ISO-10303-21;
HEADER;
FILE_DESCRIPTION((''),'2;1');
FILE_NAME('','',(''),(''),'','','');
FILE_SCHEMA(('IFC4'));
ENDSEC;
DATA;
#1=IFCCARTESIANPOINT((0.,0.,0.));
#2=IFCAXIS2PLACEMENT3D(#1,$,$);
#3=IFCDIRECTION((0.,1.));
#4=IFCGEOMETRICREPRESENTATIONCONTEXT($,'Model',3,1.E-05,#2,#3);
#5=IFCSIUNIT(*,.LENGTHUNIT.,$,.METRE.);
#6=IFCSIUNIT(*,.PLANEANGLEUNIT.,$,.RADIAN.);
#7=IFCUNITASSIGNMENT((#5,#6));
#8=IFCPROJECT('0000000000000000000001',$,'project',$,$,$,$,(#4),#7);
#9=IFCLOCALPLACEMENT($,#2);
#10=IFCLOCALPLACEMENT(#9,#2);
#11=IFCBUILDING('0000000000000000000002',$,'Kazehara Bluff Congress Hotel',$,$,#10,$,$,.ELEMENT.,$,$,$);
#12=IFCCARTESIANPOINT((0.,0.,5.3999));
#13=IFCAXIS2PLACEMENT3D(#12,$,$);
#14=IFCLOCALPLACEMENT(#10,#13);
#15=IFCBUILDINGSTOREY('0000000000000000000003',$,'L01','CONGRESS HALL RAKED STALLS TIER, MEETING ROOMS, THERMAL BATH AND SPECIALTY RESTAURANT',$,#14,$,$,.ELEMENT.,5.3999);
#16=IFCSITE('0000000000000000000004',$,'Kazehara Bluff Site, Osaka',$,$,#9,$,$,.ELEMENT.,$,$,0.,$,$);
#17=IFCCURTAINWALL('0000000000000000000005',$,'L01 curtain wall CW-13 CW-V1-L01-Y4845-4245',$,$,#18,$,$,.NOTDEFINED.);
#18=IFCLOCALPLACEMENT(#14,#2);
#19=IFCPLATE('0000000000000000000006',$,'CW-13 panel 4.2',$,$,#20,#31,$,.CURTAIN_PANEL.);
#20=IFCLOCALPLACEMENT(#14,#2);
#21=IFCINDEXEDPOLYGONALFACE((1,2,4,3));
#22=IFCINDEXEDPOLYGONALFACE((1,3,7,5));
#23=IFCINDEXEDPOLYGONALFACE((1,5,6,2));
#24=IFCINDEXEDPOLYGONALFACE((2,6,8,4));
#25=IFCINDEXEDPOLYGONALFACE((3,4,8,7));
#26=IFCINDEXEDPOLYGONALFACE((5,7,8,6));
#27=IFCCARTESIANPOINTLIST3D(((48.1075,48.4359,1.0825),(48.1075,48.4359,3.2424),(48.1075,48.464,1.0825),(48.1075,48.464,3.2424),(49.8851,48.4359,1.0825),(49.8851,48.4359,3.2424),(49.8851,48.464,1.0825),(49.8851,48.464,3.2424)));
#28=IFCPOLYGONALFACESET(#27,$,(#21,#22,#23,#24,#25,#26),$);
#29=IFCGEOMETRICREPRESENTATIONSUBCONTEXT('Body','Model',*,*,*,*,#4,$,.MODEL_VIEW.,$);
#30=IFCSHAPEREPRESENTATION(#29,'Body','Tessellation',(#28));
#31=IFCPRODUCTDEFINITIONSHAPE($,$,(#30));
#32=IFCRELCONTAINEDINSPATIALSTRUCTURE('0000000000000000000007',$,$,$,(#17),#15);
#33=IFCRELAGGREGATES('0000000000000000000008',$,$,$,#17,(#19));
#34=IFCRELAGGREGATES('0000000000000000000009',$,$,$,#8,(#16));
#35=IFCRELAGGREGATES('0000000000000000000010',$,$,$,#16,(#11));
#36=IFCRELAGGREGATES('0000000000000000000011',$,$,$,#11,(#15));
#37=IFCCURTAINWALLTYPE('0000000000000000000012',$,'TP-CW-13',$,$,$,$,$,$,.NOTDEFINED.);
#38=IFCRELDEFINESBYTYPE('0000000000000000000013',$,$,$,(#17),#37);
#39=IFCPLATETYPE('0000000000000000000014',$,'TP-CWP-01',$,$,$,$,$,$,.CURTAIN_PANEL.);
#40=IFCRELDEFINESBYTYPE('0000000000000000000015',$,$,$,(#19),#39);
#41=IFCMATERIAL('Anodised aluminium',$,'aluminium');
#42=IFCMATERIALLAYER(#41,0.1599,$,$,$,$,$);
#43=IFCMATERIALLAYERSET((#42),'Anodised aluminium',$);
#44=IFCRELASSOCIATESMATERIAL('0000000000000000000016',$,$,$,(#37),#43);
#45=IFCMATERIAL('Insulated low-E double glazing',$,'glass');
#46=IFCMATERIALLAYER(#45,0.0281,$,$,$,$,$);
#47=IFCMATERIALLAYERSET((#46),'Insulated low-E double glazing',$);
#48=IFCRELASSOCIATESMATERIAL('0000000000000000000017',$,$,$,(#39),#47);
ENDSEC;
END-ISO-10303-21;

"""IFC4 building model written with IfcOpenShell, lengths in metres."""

from ifc_helpers import new_model, si_unit, direction, frame, origin, origin_2d, place, context, subcontext, project, spatial, rectangle, extrude, material, layer, layer_set, type_object, element, aggregate, save


model = new_model("IFC4")

# Units and contexts
model_context = context("Model", 3, precision=1e-05, world=origin(), true_north=direction((0.0, 1.0)))
body_context = subcontext(model_context, "Body", "Model", "MODEL_VIEW")
ifc_project = project(units=[si_unit("LENGTHUNIT", "METRE"), si_unit("PLANEANGLEUNIT", "RADIAN")], contexts=[model_context])

# Site, building, storey
site_placement = place(None, origin())
site = spatial("IfcSite", under=ifc_project, at=site_placement, Name="Kazehara Bluff Site, Osaka", CompositionType="ELEMENT", RefElevation=0.0)
building_placement = place(site_placement, origin())
building = spatial("IfcBuilding", under=site, at=building_placement, Name="Kazehara Bluff Congress Hotel", CompositionType="ELEMENT")
storey_placement = place(building_placement, frame((0.0, 0.0, 5.3999)))
storey = spatial("IfcBuildingStorey", under=building, at=storey_placement, Name="L01", Description="CONGRESS HALL RAKED STALLS TIER, MEETING ROOMS, THERMAL BATH AND SPECIALTY RESTAURANT", CompositionType="ELEMENT", Elevation=5.3999)

# Curtain wall, plate
ifc_material_1 = material(Name="Anodised aluminium", Category="aluminium")
ifc_layer_1 = layer(ifc_material_1, 0.1599)
ifc_layer_set_1 = layer_set([ifc_layer_1], Name="Anodised aluminium")
curtain_wall_type = type_object("IfcCurtainWallType", Name="TP-CW-13", PredefinedType="NOTDEFINED", material=ifc_layer_set_1)
curtain_wall_placement = place(storey_placement, origin())
curtain_wall = element("IfcCurtainWall", 1, at=curtain_wall_placement, inside=storey, type_object=curtain_wall_type, Name="L01 curtain wall CW-13 CW-V1-L01-Y4845-4245", PredefinedType="NOTDEFINED")
ifc_material_2 = material(Name="Insulated low-E double glazing", Category="glass")
ifc_layer_2 = layer(ifc_material_2, 0.0281)
ifc_layer_set_2 = layer_set([ifc_layer_2], Name="Insulated low-E double glazing")
plate_type = type_object("IfcPlateType", Name="TP-CWP-01", PredefinedType="CURTAIN_PANEL", material=ifc_layer_set_2)
plate_1_placement = place(storey_placement, frame((48.9963, 48.45, 1.0825), z_axis=(0.0, 0.0, 1.0), x_axis=(1.0, 0.0, 0.0)))
plate_1 = element("IfcPlate", 2, at=plate_1_placement, type_object=plate_type, Name="CW-13 panel 4.2", PredefinedType="CURTAIN_PANEL", context=body_context, shape_type="SweptSolid", body=[
    extrude(rectangle(XDim=1.7776, YDim=0.0281, at=origin_2d()), origin(), (0.0, 0.0, 1.0), 2.1599),
])
aggregate(curtain_wall, [plate_1])

save(model, "model.ifc")
